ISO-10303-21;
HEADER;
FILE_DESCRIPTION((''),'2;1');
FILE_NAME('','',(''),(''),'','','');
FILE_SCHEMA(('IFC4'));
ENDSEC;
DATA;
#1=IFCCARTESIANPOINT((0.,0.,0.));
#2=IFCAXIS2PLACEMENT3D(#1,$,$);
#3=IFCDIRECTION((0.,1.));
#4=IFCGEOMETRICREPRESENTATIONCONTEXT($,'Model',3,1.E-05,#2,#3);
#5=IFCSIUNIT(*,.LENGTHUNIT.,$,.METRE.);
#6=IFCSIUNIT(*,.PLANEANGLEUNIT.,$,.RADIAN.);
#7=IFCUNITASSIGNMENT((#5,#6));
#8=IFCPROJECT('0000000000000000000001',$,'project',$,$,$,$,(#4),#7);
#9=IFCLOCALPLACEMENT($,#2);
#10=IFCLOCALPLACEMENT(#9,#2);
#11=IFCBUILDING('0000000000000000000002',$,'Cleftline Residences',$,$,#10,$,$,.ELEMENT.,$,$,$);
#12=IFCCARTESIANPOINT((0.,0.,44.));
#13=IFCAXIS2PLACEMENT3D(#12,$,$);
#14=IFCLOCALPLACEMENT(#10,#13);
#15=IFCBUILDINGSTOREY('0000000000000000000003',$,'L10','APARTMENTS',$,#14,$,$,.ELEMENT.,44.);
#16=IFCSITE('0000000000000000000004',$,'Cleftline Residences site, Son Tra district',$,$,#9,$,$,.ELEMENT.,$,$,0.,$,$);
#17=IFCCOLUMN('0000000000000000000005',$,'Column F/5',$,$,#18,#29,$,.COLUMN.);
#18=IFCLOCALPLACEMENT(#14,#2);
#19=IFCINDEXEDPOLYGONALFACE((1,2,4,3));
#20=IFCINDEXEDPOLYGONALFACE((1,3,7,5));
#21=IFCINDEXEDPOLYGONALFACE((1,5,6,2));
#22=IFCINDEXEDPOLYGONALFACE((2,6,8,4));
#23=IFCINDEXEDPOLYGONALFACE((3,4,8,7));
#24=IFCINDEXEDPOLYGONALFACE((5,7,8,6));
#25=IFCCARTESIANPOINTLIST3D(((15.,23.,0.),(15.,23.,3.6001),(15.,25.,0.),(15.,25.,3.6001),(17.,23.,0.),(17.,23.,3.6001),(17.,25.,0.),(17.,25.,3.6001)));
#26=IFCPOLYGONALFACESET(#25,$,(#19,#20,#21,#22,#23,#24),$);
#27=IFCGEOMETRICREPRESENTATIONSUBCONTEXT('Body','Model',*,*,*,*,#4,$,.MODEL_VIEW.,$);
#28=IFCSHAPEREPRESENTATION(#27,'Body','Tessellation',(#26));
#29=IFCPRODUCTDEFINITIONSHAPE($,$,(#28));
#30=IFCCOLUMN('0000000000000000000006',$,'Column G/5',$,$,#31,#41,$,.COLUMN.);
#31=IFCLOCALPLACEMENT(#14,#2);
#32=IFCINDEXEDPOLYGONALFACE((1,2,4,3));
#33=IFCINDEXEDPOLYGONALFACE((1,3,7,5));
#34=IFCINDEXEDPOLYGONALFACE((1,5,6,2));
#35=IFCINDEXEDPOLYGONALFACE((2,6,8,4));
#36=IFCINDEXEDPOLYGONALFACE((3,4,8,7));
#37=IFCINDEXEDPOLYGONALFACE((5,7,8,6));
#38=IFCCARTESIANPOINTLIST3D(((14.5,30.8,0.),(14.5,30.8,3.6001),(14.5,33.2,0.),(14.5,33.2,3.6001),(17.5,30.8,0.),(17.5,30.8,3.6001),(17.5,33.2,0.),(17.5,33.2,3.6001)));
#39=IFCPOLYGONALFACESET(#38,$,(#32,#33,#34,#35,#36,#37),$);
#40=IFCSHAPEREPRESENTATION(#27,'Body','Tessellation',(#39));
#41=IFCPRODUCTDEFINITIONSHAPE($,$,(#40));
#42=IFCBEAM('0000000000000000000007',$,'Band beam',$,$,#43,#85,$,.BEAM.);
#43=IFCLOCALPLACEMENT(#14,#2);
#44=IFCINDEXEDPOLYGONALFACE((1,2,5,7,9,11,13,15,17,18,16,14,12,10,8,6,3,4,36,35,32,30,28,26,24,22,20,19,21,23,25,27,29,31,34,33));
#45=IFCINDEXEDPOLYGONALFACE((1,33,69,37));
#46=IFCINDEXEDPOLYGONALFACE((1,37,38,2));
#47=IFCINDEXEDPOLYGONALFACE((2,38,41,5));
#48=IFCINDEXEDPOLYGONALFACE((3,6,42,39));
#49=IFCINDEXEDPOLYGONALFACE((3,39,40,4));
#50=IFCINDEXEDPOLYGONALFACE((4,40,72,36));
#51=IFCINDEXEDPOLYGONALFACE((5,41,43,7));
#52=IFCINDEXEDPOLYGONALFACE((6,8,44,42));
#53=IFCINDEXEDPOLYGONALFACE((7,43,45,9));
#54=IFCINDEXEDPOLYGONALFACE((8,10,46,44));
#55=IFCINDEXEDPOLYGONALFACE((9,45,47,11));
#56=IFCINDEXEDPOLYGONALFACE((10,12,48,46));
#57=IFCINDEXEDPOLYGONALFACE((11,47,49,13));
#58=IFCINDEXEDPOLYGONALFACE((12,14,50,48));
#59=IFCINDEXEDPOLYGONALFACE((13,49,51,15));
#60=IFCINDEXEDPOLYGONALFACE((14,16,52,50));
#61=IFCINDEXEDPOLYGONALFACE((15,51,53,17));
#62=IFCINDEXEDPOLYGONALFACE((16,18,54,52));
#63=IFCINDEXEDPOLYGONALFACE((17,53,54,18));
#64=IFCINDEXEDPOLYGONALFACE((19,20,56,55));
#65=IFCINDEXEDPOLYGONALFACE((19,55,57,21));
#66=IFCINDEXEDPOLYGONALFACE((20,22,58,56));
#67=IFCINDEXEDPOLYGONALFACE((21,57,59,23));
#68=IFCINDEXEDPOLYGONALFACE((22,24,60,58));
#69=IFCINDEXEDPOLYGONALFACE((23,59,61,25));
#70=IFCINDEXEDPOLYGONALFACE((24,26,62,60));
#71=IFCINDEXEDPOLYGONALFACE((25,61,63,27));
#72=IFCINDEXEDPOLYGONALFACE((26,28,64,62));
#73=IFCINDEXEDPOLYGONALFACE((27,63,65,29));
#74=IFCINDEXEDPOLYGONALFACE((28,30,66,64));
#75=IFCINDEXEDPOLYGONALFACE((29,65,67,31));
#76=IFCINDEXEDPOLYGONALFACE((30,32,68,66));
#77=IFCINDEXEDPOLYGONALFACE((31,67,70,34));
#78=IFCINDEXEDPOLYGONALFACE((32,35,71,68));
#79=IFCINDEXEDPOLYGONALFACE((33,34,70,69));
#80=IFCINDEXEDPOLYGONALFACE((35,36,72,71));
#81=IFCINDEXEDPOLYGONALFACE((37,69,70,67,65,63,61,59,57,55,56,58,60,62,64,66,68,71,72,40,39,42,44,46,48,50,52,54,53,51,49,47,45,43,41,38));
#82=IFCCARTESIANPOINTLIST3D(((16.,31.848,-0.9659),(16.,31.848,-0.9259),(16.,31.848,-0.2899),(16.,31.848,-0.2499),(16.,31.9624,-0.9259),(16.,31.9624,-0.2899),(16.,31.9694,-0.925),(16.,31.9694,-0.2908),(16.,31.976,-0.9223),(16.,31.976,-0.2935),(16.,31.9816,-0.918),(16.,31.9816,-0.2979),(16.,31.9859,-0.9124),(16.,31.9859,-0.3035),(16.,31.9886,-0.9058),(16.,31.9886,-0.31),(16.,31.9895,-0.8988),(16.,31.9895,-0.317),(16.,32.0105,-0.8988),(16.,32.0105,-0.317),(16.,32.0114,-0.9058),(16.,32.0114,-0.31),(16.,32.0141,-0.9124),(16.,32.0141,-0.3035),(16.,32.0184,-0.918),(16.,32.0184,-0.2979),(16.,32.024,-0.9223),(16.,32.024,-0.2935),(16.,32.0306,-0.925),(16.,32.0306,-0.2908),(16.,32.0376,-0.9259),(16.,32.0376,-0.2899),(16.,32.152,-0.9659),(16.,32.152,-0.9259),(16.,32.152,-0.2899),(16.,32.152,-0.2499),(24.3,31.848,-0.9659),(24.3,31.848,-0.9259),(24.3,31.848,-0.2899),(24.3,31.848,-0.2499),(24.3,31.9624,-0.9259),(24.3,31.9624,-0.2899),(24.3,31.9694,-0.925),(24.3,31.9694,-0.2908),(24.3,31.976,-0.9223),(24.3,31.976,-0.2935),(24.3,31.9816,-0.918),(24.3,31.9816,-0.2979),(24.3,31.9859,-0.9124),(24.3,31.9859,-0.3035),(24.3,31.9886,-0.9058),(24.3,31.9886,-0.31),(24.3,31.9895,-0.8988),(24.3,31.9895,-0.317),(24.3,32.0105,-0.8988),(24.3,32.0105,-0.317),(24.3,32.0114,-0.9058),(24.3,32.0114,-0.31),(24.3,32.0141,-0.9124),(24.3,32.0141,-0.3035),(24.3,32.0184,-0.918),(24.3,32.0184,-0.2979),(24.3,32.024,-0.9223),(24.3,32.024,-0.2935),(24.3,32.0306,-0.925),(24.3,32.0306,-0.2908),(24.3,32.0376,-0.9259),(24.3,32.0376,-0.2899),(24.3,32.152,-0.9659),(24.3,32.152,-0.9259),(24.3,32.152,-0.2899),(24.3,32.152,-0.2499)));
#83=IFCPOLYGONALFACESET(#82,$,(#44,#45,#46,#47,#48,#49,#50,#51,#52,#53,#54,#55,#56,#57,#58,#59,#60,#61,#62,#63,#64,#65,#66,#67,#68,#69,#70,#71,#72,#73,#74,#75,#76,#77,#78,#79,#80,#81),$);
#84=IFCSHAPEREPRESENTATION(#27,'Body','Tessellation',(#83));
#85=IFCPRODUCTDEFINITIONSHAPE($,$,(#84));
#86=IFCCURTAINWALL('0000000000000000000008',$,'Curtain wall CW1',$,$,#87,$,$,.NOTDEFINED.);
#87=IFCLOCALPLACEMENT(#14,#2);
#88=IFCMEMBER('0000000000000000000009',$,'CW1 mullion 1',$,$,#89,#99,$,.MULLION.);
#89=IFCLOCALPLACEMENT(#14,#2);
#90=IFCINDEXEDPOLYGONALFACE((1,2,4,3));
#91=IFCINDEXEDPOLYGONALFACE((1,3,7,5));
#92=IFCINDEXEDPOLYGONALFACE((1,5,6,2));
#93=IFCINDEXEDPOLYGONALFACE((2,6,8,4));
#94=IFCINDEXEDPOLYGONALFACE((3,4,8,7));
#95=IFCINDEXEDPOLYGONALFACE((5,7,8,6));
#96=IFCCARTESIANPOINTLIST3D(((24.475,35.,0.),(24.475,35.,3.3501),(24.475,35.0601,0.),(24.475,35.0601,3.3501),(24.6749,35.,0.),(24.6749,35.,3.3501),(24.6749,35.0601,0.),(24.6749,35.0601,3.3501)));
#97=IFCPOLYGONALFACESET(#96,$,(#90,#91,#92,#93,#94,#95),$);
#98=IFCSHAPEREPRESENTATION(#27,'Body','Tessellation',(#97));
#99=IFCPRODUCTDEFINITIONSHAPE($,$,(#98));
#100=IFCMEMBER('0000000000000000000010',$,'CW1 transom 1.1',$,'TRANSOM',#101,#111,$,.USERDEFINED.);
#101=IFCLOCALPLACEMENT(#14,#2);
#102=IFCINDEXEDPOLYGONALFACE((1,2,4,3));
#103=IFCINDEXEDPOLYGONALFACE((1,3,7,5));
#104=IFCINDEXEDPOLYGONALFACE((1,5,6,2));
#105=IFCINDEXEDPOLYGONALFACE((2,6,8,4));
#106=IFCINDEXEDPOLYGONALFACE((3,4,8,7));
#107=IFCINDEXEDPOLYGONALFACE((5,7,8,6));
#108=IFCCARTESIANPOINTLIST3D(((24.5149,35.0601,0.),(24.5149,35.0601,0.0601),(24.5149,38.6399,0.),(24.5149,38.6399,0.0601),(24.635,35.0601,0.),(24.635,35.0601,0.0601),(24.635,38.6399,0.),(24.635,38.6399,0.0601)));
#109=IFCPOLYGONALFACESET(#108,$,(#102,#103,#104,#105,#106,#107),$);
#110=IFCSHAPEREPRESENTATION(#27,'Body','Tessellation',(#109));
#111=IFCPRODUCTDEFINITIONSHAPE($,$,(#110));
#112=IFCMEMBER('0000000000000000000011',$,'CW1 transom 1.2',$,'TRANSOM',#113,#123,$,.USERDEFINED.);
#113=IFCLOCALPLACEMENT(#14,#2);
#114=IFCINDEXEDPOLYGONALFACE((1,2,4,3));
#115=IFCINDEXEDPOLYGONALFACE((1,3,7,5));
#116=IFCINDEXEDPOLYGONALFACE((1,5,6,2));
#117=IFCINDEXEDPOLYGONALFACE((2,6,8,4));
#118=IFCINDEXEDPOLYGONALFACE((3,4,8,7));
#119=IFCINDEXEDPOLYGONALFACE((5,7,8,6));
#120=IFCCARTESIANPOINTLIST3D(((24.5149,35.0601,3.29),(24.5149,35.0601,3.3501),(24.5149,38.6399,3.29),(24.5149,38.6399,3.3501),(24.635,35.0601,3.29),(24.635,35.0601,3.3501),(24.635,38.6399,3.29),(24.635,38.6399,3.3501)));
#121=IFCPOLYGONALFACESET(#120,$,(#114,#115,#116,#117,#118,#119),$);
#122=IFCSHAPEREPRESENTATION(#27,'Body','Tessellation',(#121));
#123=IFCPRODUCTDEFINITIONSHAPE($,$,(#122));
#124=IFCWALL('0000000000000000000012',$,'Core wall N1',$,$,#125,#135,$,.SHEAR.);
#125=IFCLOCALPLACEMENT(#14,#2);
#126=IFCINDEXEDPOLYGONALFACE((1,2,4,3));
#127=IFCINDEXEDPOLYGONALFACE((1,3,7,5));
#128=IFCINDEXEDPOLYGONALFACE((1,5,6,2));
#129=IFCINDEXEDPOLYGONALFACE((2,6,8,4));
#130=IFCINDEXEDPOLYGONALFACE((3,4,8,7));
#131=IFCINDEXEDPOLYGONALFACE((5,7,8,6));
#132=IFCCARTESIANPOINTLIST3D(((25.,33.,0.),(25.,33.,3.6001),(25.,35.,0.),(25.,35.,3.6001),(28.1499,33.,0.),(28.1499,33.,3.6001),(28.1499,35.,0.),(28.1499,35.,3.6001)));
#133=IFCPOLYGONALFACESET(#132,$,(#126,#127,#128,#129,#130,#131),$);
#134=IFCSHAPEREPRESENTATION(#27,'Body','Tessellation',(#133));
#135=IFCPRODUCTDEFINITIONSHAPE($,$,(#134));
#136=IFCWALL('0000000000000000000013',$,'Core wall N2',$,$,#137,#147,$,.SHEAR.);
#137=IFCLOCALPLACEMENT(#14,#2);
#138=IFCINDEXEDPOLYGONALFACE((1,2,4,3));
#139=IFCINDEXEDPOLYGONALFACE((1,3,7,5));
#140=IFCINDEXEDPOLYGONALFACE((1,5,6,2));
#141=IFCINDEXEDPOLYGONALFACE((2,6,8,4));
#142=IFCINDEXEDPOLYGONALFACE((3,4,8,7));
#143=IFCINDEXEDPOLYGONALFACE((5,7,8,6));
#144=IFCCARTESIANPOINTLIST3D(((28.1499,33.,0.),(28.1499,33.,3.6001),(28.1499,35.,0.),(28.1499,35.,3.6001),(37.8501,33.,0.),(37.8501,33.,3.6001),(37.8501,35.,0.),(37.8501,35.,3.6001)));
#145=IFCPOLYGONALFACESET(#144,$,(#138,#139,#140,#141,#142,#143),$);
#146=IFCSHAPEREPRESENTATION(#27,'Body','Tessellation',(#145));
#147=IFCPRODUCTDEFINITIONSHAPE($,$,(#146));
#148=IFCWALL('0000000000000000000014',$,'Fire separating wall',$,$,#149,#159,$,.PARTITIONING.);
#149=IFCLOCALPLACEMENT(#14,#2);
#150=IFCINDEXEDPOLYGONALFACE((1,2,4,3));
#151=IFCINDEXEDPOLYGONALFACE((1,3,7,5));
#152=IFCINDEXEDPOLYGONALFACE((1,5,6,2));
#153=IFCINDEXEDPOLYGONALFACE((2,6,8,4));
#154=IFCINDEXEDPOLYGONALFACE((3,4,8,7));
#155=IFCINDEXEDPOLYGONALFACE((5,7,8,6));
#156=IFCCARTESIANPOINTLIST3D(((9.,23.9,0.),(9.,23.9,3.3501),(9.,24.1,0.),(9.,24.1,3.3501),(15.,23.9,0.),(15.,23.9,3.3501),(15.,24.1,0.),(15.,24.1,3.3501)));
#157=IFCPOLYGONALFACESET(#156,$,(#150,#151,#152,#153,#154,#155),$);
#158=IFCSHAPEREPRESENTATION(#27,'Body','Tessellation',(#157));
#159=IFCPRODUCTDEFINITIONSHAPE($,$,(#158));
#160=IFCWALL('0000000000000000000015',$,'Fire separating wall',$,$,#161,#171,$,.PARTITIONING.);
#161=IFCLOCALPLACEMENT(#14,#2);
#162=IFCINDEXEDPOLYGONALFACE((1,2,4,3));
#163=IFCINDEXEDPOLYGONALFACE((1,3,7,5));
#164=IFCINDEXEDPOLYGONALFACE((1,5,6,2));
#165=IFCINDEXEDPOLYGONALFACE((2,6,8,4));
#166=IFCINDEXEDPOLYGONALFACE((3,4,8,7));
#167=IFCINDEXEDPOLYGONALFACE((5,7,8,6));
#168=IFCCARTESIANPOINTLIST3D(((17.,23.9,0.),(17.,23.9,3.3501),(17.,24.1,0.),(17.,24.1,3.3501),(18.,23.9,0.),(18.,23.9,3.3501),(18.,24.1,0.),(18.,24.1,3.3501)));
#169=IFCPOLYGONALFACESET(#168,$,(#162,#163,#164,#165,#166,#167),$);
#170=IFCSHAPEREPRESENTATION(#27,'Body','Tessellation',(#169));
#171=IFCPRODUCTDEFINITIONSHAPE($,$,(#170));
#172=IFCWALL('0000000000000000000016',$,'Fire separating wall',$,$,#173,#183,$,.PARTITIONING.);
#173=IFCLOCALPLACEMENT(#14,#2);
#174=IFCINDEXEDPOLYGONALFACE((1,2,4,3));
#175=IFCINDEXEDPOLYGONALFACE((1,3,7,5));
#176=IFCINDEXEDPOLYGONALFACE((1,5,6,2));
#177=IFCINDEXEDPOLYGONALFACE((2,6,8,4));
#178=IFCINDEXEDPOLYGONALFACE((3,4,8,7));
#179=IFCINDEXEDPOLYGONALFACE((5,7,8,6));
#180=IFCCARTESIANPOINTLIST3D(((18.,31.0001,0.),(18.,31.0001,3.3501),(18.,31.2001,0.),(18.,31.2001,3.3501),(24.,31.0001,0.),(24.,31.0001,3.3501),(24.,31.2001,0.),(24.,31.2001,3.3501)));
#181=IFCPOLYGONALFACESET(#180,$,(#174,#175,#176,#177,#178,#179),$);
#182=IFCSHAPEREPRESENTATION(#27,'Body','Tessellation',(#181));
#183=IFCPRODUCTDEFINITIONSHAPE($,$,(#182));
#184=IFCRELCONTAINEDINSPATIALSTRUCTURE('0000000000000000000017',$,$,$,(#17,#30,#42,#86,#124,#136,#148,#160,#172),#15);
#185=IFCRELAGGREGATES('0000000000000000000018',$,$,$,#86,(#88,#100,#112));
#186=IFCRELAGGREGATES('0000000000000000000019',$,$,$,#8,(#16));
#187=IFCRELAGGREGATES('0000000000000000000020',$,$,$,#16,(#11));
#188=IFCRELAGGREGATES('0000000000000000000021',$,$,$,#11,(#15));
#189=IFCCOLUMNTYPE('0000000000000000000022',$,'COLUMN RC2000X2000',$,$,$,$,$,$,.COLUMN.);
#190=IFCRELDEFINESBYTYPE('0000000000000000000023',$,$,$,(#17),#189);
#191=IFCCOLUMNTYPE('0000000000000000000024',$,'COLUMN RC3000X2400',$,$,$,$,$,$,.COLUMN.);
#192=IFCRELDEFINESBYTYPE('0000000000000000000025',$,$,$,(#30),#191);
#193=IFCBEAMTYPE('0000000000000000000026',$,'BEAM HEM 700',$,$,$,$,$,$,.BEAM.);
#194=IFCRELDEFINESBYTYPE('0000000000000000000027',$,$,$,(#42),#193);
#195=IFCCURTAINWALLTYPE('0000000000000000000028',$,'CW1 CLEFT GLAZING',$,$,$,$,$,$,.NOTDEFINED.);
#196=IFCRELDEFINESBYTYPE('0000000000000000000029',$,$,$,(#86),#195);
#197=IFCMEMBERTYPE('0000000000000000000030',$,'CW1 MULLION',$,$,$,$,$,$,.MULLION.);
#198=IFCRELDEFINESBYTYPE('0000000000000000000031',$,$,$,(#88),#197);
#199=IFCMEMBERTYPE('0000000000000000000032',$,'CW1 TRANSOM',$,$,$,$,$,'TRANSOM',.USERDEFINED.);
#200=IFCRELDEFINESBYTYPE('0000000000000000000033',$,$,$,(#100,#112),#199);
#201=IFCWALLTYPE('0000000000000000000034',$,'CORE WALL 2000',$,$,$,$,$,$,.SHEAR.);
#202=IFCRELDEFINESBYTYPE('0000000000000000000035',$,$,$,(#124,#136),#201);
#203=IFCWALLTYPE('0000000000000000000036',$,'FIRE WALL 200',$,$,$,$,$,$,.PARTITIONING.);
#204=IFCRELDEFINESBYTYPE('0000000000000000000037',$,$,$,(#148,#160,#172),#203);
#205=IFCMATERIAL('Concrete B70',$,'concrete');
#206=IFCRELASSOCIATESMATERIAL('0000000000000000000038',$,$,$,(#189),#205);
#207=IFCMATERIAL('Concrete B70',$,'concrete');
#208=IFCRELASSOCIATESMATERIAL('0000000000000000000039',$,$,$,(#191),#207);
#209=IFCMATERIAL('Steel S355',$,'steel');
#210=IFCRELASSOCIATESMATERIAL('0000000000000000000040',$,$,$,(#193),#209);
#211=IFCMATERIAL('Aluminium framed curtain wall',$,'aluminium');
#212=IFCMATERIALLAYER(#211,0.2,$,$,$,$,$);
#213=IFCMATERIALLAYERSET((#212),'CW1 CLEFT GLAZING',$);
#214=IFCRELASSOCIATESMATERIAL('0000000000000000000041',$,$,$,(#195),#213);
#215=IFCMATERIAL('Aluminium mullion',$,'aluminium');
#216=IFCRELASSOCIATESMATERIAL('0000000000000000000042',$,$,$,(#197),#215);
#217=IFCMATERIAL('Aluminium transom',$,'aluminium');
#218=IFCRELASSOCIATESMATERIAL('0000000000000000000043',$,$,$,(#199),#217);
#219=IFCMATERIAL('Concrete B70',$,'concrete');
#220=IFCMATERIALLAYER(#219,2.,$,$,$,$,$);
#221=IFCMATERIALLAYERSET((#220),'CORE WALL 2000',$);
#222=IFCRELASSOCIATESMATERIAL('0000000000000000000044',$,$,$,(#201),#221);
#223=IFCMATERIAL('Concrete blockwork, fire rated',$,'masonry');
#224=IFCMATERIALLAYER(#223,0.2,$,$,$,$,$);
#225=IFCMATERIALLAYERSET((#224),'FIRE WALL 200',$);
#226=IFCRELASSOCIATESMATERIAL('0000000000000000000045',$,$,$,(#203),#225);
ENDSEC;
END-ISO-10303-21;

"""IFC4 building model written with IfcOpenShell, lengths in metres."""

from ifc_helpers import new_model, si_unit, direction, frame, frame_2d, origin, origin_2d, place, context, subcontext, project, spatial, rectangle, i_section, extrude, material, layer, layer_set, material_profile, profile_set, type_object, element, aggregate, save


model = new_model("IFC4")

# Units and contexts
model_context = context("Model", 3, precision=1e-05, world=origin(), true_north=direction((0.0, 1.0)))
body_context = subcontext(model_context, "Body", "Model", "MODEL_VIEW")
ifc_project = project(units=[si_unit("LENGTHUNIT", "METRE"), si_unit("PLANEANGLEUNIT", "RADIAN")], contexts=[model_context])

# Site, building, storey
site_placement = place(None, origin())
site = spatial("IfcSite", under=ifc_project, at=site_placement, Name="Cleftline Residences site, Son Tra district", CompositionType="ELEMENT", RefElevation=0.0)
building_placement = place(site_placement, origin())
building = spatial("IfcBuilding", under=site, at=building_placement, Name="Cleftline Residences", CompositionType="ELEMENT")
storey_placement = place(building_placement, frame((0.0, 0.0, 44.0)))
storey = spatial("IfcBuildingStorey", under=building, at=storey_placement, Name="L10", Description="APARTMENTS", CompositionType="ELEMENT", Elevation=44.0)

# Columns
ifc_material_1 = material(Name="Concrete B70", Category="concrete")
ifc_material_profile_1 = material_profile(ifc_material_1, rectangle(XDim=2.0, YDim=2.0, at=origin_2d()))
ifc_profile_set_1 = profile_set([ifc_material_profile_1], Name="Concrete B70")
column_type_1 = type_object("IfcColumnType", Name="COLUMN RC2000X2000", PredefinedType="COLUMN", material=ifc_profile_set_1)
column_1_placement = place(storey_placement, frame((16.0, 24.0, 0.0), z_axis=(0.0, 0.0, 1.0), x_axis=(1.0, 0.0, 0.0)))
element("IfcColumn", 1, at=column_1_placement, inside=storey, type_object=column_type_1, Name="Column F/5", PredefinedType="COLUMN", context=body_context, shape_type="SweptSolid", body=[
    extrude(rectangle(XDim=2.0, YDim=2.0, at=origin_2d()), origin(), (0.0, 0.0, 1.0), 3.6001),
])
ifc_material_2 = material(Name="Concrete B70", Category="concrete")
ifc_material_profile_2 = material_profile(ifc_material_2, rectangle(XDim=3.0, YDim=2.3999, at=origin_2d()))
ifc_profile_set_2 = profile_set([ifc_material_profile_2], Name="Concrete B70")
column_type_2 = type_object("IfcColumnType", Name="COLUMN RC3000X2400", PredefinedType="COLUMN", material=ifc_profile_set_2)
column_2_placement = place(storey_placement, frame((16.0, 32.0, 0.0), z_axis=(0.0, 0.0, 1.0), x_axis=(1.0, 0.0, 0.0)))
element("IfcColumn", 2, at=column_2_placement, inside=storey, type_object=column_type_2, Name="Column G/5", PredefinedType="COLUMN", context=body_context, shape_type="SweptSolid", body=[
    extrude(rectangle(XDim=3.0, YDim=2.3999, at=origin_2d()), origin(), (0.0, 0.0, 1.0), 3.6001),
])

# Beam
ifc_material_3 = material(Name="Steel S355", Category="steel")
ifc_material_profile_3 = material_profile(ifc_material_3, i_section(OverallWidth=0.304, OverallDepth=0.7161, WebThickness=0.021, FlangeThickness=0.04, FilletRadius=0.0271, at=origin_2d()))
ifc_profile_set_3 = profile_set([ifc_material_profile_3], Name="Steel S355")
beam_type = type_object("IfcBeamType", Name="BEAM HEM 700", PredefinedType="BEAM", material=ifc_profile_set_3)
beam_placement = place(storey_placement, frame((16.0, 32.0, -0.6079), z_axis=(1.0, 0.0, 0.0), x_axis=(0.0, 1.0, 0.0)))
element("IfcBeam", 3, at=beam_placement, inside=storey, type_object=beam_type, Name="Band beam", PredefinedType="BEAM", context=body_context, shape_type="SweptSolid", body=[
    extrude(i_section(OverallWidth=0.304, OverallDepth=0.7161, WebThickness=0.021, FlangeThickness=0.04, FilletRadius=0.0271, at=origin_2d()), origin(), (0.0, 0.0, 1.0), 8.3),
])

# Curtain wall, members
ifc_material_4 = material(Name="Aluminium framed curtain wall", Category="aluminium")
ifc_layer_1 = layer(ifc_material_4, 0.2)
ifc_layer_set_1 = layer_set([ifc_layer_1], Name="CW1 CLEFT GLAZING")
curtain_wall_type = type_object("IfcCurtainWallType", Name="CW1 CLEFT GLAZING", PredefinedType="NOTDEFINED", material=ifc_layer_set_1)
curtain_wall_placement = place(storey_placement, origin())
curtain_wall = element("IfcCurtainWall", 4, at=curtain_wall_placement, inside=storey, type_object=curtain_wall_type, Name="Curtain wall CW1", PredefinedType="NOTDEFINED")
ifc_material_5 = material(Name="Aluminium mullion", Category="aluminium")
ifc_material_profile_4 = material_profile(ifc_material_5, rectangle(XDim=0.2, YDim=0.0601, at=origin_2d()))
ifc_profile_set_4 = profile_set([ifc_material_profile_4], Name="Aluminium mullion")
member_type_1 = type_object("IfcMemberType", Name="CW1 MULLION", PredefinedType="MULLION", material=ifc_profile_set_4)
member_1_placement = place(storey_placement, frame((24.575, 35.03, 0.0), z_axis=(0.0, 0.0, 1.0), x_axis=(-1.0, 0.0, 0.0)))
member_1 = element("IfcMember", 5, at=member_1_placement, type_object=member_type_1, Name="CW1 mullion 1", PredefinedType="MULLION", context=body_context, shape_type="SweptSolid", body=[
    extrude(rectangle(XDim=0.2, YDim=0.0601, at=origin_2d()), origin(), (0.0, 0.0, 1.0), 3.3501),
])
ifc_material_6 = material(Name="Aluminium transom", Category="aluminium")
ifc_material_profile_5 = material_profile(ifc_material_6, rectangle(XDim=0.1201, YDim=0.0601, at=origin_2d()))
ifc_profile_set_5 = profile_set([ifc_material_profile_5], Name="Aluminium transom")
member_type_2 = type_object("IfcMemberType", Name="CW1 TRANSOM", ElementType="TRANSOM", PredefinedType="USERDEFINED", material=ifc_profile_set_5)
member_2_placement = place(storey_placement, frame((24.575, 35.0601, 0.03), z_axis=(0.0, 1.0, 0.0), x_axis=(-1.0, 0.0, 0.0)))
member_2 = element("IfcMember", 6, at=member_2_placement, type_object=member_type_2, Name="CW1 transom 1.1", ObjectType="TRANSOM", PredefinedType="USERDEFINED", context=body_context, shape_type="SweptSolid", body=[
    extrude(rectangle(XDim=0.1201, YDim=0.0601, at=origin_2d()), origin(), (0.0, 0.0, 1.0), 3.5798),
])
member_3_placement = place(storey_placement, frame((24.575, 35.0601, 3.3201), z_axis=(0.0, 1.0, 0.0), x_axis=(-1.0, 0.0, 0.0)))
member_3 = element("IfcMember", 7, at=member_3_placement, type_object=member_type_2, Name="CW1 transom 1.2", ObjectType="TRANSOM", PredefinedType="USERDEFINED", context=body_context, shape_type="SweptSolid", body=[
    extrude(rectangle(XDim=0.1201, YDim=0.0601, at=origin_2d()), origin(), (0.0, 0.0, 1.0), 3.5798),
])
aggregate(curtain_wall, [member_1, member_2, member_3])

# Walls
ifc_material_7 = material(Name="Concrete B70", Category="concrete")
ifc_layer_2 = layer(ifc_material_7, 2.0)
ifc_layer_set_2 = layer_set([ifc_layer_2], Name="CORE WALL 2000")
wall_type_1 = type_object("IfcWallType", Name="CORE WALL 2000", PredefinedType="SHEAR", material=ifc_layer_set_2)
wall_1_placement = place(storey_placement, frame((25.0, 34.0, 0.0), z_axis=(0.0, 0.0, 1.0), x_axis=(1.0, 0.0, 0.0)))
element("IfcWall", 8, at=wall_1_placement, inside=storey, type_object=wall_type_1, Name="Core wall N1", PredefinedType="SHEAR", context=body_context, shape_type="SweptSolid", body=[
    extrude(rectangle(XDim=3.1499, YDim=2.0, at=frame_2d((1.575, 0.0))), origin(), (0.0, 0.0, 1.0), 3.6001),
])
wall_2_placement = place(storey_placement, frame((28.1499, 34.0, 0.0), z_axis=(0.0, 0.0, 1.0), x_axis=(1.0, 0.0, 0.0)))
element("IfcWall", 9, at=wall_2_placement, inside=storey, type_object=wall_type_1, Name="Core wall N2", PredefinedType="SHEAR", context=body_context, shape_type="SweptSolid", body=[
    extrude(rectangle(XDim=9.7002, YDim=2.0, at=frame_2d((4.8501, 0.0))), origin(), (0.0, 0.0, 1.0), 3.6001),
])
ifc_material_8 = material(Name="Concrete blockwork, fire rated", Category="masonry")
ifc_layer_3 = layer(ifc_material_8, 0.2)
ifc_layer_set_3 = layer_set([ifc_layer_3], Name="FIRE WALL 200")
wall_type_2 = type_object("IfcWallType", Name="FIRE WALL 200", PredefinedType="PARTITIONING", material=ifc_layer_set_3)
wall_3_placement = place(storey_placement, frame((9.0, 24.0, 0.0), z_axis=(0.0, 0.0, 1.0), x_axis=(1.0, 0.0, 0.0)))
element("IfcWall", 10, at=wall_3_placement, inside=storey, type_object=wall_type_2, Name="Fire separating wall", PredefinedType="PARTITIONING", context=body_context, shape_type="SweptSolid", body=[
    extrude(rectangle(XDim=6.0, YDim=0.2, at=frame_2d((3.0, 0.0))), origin(), (0.0, 0.0, 1.0), 3.3501),
])
wall_4_placement = place(storey_placement, frame((17.0, 24.0, 0.0), z_axis=(0.0, 0.0, 1.0), x_axis=(1.0, 0.0, 0.0)))
element("IfcWall", 11, at=wall_4_placement, inside=storey, type_object=wall_type_2, Name="Fire separating wall", PredefinedType="PARTITIONING", context=body_context, shape_type="SweptSolid", body=[
    extrude(rectangle(XDim=1.0, YDim=0.2, at=frame_2d((0.5, 0.0))), origin(), (0.0, 0.0, 1.0), 3.3501),
])
wall_5_placement = place(storey_placement, frame((18.0, 31.1001, 0.0), z_axis=(0.0, 0.0, 1.0), x_axis=(1.0, 0.0, 0.0)))
element("IfcWall", 12, at=wall_5_placement, inside=storey, type_object=wall_type_2, Name="Fire separating wall", PredefinedType="PARTITIONING", context=body_context, shape_type="SweptSolid", body=[
    extrude(rectangle(XDim=6.0, YDim=0.2, at=frame_2d((3.0, 0.0))), origin(), (0.0, 0.0, 1.0), 3.3501),
])

save(model, "model.ifc")
